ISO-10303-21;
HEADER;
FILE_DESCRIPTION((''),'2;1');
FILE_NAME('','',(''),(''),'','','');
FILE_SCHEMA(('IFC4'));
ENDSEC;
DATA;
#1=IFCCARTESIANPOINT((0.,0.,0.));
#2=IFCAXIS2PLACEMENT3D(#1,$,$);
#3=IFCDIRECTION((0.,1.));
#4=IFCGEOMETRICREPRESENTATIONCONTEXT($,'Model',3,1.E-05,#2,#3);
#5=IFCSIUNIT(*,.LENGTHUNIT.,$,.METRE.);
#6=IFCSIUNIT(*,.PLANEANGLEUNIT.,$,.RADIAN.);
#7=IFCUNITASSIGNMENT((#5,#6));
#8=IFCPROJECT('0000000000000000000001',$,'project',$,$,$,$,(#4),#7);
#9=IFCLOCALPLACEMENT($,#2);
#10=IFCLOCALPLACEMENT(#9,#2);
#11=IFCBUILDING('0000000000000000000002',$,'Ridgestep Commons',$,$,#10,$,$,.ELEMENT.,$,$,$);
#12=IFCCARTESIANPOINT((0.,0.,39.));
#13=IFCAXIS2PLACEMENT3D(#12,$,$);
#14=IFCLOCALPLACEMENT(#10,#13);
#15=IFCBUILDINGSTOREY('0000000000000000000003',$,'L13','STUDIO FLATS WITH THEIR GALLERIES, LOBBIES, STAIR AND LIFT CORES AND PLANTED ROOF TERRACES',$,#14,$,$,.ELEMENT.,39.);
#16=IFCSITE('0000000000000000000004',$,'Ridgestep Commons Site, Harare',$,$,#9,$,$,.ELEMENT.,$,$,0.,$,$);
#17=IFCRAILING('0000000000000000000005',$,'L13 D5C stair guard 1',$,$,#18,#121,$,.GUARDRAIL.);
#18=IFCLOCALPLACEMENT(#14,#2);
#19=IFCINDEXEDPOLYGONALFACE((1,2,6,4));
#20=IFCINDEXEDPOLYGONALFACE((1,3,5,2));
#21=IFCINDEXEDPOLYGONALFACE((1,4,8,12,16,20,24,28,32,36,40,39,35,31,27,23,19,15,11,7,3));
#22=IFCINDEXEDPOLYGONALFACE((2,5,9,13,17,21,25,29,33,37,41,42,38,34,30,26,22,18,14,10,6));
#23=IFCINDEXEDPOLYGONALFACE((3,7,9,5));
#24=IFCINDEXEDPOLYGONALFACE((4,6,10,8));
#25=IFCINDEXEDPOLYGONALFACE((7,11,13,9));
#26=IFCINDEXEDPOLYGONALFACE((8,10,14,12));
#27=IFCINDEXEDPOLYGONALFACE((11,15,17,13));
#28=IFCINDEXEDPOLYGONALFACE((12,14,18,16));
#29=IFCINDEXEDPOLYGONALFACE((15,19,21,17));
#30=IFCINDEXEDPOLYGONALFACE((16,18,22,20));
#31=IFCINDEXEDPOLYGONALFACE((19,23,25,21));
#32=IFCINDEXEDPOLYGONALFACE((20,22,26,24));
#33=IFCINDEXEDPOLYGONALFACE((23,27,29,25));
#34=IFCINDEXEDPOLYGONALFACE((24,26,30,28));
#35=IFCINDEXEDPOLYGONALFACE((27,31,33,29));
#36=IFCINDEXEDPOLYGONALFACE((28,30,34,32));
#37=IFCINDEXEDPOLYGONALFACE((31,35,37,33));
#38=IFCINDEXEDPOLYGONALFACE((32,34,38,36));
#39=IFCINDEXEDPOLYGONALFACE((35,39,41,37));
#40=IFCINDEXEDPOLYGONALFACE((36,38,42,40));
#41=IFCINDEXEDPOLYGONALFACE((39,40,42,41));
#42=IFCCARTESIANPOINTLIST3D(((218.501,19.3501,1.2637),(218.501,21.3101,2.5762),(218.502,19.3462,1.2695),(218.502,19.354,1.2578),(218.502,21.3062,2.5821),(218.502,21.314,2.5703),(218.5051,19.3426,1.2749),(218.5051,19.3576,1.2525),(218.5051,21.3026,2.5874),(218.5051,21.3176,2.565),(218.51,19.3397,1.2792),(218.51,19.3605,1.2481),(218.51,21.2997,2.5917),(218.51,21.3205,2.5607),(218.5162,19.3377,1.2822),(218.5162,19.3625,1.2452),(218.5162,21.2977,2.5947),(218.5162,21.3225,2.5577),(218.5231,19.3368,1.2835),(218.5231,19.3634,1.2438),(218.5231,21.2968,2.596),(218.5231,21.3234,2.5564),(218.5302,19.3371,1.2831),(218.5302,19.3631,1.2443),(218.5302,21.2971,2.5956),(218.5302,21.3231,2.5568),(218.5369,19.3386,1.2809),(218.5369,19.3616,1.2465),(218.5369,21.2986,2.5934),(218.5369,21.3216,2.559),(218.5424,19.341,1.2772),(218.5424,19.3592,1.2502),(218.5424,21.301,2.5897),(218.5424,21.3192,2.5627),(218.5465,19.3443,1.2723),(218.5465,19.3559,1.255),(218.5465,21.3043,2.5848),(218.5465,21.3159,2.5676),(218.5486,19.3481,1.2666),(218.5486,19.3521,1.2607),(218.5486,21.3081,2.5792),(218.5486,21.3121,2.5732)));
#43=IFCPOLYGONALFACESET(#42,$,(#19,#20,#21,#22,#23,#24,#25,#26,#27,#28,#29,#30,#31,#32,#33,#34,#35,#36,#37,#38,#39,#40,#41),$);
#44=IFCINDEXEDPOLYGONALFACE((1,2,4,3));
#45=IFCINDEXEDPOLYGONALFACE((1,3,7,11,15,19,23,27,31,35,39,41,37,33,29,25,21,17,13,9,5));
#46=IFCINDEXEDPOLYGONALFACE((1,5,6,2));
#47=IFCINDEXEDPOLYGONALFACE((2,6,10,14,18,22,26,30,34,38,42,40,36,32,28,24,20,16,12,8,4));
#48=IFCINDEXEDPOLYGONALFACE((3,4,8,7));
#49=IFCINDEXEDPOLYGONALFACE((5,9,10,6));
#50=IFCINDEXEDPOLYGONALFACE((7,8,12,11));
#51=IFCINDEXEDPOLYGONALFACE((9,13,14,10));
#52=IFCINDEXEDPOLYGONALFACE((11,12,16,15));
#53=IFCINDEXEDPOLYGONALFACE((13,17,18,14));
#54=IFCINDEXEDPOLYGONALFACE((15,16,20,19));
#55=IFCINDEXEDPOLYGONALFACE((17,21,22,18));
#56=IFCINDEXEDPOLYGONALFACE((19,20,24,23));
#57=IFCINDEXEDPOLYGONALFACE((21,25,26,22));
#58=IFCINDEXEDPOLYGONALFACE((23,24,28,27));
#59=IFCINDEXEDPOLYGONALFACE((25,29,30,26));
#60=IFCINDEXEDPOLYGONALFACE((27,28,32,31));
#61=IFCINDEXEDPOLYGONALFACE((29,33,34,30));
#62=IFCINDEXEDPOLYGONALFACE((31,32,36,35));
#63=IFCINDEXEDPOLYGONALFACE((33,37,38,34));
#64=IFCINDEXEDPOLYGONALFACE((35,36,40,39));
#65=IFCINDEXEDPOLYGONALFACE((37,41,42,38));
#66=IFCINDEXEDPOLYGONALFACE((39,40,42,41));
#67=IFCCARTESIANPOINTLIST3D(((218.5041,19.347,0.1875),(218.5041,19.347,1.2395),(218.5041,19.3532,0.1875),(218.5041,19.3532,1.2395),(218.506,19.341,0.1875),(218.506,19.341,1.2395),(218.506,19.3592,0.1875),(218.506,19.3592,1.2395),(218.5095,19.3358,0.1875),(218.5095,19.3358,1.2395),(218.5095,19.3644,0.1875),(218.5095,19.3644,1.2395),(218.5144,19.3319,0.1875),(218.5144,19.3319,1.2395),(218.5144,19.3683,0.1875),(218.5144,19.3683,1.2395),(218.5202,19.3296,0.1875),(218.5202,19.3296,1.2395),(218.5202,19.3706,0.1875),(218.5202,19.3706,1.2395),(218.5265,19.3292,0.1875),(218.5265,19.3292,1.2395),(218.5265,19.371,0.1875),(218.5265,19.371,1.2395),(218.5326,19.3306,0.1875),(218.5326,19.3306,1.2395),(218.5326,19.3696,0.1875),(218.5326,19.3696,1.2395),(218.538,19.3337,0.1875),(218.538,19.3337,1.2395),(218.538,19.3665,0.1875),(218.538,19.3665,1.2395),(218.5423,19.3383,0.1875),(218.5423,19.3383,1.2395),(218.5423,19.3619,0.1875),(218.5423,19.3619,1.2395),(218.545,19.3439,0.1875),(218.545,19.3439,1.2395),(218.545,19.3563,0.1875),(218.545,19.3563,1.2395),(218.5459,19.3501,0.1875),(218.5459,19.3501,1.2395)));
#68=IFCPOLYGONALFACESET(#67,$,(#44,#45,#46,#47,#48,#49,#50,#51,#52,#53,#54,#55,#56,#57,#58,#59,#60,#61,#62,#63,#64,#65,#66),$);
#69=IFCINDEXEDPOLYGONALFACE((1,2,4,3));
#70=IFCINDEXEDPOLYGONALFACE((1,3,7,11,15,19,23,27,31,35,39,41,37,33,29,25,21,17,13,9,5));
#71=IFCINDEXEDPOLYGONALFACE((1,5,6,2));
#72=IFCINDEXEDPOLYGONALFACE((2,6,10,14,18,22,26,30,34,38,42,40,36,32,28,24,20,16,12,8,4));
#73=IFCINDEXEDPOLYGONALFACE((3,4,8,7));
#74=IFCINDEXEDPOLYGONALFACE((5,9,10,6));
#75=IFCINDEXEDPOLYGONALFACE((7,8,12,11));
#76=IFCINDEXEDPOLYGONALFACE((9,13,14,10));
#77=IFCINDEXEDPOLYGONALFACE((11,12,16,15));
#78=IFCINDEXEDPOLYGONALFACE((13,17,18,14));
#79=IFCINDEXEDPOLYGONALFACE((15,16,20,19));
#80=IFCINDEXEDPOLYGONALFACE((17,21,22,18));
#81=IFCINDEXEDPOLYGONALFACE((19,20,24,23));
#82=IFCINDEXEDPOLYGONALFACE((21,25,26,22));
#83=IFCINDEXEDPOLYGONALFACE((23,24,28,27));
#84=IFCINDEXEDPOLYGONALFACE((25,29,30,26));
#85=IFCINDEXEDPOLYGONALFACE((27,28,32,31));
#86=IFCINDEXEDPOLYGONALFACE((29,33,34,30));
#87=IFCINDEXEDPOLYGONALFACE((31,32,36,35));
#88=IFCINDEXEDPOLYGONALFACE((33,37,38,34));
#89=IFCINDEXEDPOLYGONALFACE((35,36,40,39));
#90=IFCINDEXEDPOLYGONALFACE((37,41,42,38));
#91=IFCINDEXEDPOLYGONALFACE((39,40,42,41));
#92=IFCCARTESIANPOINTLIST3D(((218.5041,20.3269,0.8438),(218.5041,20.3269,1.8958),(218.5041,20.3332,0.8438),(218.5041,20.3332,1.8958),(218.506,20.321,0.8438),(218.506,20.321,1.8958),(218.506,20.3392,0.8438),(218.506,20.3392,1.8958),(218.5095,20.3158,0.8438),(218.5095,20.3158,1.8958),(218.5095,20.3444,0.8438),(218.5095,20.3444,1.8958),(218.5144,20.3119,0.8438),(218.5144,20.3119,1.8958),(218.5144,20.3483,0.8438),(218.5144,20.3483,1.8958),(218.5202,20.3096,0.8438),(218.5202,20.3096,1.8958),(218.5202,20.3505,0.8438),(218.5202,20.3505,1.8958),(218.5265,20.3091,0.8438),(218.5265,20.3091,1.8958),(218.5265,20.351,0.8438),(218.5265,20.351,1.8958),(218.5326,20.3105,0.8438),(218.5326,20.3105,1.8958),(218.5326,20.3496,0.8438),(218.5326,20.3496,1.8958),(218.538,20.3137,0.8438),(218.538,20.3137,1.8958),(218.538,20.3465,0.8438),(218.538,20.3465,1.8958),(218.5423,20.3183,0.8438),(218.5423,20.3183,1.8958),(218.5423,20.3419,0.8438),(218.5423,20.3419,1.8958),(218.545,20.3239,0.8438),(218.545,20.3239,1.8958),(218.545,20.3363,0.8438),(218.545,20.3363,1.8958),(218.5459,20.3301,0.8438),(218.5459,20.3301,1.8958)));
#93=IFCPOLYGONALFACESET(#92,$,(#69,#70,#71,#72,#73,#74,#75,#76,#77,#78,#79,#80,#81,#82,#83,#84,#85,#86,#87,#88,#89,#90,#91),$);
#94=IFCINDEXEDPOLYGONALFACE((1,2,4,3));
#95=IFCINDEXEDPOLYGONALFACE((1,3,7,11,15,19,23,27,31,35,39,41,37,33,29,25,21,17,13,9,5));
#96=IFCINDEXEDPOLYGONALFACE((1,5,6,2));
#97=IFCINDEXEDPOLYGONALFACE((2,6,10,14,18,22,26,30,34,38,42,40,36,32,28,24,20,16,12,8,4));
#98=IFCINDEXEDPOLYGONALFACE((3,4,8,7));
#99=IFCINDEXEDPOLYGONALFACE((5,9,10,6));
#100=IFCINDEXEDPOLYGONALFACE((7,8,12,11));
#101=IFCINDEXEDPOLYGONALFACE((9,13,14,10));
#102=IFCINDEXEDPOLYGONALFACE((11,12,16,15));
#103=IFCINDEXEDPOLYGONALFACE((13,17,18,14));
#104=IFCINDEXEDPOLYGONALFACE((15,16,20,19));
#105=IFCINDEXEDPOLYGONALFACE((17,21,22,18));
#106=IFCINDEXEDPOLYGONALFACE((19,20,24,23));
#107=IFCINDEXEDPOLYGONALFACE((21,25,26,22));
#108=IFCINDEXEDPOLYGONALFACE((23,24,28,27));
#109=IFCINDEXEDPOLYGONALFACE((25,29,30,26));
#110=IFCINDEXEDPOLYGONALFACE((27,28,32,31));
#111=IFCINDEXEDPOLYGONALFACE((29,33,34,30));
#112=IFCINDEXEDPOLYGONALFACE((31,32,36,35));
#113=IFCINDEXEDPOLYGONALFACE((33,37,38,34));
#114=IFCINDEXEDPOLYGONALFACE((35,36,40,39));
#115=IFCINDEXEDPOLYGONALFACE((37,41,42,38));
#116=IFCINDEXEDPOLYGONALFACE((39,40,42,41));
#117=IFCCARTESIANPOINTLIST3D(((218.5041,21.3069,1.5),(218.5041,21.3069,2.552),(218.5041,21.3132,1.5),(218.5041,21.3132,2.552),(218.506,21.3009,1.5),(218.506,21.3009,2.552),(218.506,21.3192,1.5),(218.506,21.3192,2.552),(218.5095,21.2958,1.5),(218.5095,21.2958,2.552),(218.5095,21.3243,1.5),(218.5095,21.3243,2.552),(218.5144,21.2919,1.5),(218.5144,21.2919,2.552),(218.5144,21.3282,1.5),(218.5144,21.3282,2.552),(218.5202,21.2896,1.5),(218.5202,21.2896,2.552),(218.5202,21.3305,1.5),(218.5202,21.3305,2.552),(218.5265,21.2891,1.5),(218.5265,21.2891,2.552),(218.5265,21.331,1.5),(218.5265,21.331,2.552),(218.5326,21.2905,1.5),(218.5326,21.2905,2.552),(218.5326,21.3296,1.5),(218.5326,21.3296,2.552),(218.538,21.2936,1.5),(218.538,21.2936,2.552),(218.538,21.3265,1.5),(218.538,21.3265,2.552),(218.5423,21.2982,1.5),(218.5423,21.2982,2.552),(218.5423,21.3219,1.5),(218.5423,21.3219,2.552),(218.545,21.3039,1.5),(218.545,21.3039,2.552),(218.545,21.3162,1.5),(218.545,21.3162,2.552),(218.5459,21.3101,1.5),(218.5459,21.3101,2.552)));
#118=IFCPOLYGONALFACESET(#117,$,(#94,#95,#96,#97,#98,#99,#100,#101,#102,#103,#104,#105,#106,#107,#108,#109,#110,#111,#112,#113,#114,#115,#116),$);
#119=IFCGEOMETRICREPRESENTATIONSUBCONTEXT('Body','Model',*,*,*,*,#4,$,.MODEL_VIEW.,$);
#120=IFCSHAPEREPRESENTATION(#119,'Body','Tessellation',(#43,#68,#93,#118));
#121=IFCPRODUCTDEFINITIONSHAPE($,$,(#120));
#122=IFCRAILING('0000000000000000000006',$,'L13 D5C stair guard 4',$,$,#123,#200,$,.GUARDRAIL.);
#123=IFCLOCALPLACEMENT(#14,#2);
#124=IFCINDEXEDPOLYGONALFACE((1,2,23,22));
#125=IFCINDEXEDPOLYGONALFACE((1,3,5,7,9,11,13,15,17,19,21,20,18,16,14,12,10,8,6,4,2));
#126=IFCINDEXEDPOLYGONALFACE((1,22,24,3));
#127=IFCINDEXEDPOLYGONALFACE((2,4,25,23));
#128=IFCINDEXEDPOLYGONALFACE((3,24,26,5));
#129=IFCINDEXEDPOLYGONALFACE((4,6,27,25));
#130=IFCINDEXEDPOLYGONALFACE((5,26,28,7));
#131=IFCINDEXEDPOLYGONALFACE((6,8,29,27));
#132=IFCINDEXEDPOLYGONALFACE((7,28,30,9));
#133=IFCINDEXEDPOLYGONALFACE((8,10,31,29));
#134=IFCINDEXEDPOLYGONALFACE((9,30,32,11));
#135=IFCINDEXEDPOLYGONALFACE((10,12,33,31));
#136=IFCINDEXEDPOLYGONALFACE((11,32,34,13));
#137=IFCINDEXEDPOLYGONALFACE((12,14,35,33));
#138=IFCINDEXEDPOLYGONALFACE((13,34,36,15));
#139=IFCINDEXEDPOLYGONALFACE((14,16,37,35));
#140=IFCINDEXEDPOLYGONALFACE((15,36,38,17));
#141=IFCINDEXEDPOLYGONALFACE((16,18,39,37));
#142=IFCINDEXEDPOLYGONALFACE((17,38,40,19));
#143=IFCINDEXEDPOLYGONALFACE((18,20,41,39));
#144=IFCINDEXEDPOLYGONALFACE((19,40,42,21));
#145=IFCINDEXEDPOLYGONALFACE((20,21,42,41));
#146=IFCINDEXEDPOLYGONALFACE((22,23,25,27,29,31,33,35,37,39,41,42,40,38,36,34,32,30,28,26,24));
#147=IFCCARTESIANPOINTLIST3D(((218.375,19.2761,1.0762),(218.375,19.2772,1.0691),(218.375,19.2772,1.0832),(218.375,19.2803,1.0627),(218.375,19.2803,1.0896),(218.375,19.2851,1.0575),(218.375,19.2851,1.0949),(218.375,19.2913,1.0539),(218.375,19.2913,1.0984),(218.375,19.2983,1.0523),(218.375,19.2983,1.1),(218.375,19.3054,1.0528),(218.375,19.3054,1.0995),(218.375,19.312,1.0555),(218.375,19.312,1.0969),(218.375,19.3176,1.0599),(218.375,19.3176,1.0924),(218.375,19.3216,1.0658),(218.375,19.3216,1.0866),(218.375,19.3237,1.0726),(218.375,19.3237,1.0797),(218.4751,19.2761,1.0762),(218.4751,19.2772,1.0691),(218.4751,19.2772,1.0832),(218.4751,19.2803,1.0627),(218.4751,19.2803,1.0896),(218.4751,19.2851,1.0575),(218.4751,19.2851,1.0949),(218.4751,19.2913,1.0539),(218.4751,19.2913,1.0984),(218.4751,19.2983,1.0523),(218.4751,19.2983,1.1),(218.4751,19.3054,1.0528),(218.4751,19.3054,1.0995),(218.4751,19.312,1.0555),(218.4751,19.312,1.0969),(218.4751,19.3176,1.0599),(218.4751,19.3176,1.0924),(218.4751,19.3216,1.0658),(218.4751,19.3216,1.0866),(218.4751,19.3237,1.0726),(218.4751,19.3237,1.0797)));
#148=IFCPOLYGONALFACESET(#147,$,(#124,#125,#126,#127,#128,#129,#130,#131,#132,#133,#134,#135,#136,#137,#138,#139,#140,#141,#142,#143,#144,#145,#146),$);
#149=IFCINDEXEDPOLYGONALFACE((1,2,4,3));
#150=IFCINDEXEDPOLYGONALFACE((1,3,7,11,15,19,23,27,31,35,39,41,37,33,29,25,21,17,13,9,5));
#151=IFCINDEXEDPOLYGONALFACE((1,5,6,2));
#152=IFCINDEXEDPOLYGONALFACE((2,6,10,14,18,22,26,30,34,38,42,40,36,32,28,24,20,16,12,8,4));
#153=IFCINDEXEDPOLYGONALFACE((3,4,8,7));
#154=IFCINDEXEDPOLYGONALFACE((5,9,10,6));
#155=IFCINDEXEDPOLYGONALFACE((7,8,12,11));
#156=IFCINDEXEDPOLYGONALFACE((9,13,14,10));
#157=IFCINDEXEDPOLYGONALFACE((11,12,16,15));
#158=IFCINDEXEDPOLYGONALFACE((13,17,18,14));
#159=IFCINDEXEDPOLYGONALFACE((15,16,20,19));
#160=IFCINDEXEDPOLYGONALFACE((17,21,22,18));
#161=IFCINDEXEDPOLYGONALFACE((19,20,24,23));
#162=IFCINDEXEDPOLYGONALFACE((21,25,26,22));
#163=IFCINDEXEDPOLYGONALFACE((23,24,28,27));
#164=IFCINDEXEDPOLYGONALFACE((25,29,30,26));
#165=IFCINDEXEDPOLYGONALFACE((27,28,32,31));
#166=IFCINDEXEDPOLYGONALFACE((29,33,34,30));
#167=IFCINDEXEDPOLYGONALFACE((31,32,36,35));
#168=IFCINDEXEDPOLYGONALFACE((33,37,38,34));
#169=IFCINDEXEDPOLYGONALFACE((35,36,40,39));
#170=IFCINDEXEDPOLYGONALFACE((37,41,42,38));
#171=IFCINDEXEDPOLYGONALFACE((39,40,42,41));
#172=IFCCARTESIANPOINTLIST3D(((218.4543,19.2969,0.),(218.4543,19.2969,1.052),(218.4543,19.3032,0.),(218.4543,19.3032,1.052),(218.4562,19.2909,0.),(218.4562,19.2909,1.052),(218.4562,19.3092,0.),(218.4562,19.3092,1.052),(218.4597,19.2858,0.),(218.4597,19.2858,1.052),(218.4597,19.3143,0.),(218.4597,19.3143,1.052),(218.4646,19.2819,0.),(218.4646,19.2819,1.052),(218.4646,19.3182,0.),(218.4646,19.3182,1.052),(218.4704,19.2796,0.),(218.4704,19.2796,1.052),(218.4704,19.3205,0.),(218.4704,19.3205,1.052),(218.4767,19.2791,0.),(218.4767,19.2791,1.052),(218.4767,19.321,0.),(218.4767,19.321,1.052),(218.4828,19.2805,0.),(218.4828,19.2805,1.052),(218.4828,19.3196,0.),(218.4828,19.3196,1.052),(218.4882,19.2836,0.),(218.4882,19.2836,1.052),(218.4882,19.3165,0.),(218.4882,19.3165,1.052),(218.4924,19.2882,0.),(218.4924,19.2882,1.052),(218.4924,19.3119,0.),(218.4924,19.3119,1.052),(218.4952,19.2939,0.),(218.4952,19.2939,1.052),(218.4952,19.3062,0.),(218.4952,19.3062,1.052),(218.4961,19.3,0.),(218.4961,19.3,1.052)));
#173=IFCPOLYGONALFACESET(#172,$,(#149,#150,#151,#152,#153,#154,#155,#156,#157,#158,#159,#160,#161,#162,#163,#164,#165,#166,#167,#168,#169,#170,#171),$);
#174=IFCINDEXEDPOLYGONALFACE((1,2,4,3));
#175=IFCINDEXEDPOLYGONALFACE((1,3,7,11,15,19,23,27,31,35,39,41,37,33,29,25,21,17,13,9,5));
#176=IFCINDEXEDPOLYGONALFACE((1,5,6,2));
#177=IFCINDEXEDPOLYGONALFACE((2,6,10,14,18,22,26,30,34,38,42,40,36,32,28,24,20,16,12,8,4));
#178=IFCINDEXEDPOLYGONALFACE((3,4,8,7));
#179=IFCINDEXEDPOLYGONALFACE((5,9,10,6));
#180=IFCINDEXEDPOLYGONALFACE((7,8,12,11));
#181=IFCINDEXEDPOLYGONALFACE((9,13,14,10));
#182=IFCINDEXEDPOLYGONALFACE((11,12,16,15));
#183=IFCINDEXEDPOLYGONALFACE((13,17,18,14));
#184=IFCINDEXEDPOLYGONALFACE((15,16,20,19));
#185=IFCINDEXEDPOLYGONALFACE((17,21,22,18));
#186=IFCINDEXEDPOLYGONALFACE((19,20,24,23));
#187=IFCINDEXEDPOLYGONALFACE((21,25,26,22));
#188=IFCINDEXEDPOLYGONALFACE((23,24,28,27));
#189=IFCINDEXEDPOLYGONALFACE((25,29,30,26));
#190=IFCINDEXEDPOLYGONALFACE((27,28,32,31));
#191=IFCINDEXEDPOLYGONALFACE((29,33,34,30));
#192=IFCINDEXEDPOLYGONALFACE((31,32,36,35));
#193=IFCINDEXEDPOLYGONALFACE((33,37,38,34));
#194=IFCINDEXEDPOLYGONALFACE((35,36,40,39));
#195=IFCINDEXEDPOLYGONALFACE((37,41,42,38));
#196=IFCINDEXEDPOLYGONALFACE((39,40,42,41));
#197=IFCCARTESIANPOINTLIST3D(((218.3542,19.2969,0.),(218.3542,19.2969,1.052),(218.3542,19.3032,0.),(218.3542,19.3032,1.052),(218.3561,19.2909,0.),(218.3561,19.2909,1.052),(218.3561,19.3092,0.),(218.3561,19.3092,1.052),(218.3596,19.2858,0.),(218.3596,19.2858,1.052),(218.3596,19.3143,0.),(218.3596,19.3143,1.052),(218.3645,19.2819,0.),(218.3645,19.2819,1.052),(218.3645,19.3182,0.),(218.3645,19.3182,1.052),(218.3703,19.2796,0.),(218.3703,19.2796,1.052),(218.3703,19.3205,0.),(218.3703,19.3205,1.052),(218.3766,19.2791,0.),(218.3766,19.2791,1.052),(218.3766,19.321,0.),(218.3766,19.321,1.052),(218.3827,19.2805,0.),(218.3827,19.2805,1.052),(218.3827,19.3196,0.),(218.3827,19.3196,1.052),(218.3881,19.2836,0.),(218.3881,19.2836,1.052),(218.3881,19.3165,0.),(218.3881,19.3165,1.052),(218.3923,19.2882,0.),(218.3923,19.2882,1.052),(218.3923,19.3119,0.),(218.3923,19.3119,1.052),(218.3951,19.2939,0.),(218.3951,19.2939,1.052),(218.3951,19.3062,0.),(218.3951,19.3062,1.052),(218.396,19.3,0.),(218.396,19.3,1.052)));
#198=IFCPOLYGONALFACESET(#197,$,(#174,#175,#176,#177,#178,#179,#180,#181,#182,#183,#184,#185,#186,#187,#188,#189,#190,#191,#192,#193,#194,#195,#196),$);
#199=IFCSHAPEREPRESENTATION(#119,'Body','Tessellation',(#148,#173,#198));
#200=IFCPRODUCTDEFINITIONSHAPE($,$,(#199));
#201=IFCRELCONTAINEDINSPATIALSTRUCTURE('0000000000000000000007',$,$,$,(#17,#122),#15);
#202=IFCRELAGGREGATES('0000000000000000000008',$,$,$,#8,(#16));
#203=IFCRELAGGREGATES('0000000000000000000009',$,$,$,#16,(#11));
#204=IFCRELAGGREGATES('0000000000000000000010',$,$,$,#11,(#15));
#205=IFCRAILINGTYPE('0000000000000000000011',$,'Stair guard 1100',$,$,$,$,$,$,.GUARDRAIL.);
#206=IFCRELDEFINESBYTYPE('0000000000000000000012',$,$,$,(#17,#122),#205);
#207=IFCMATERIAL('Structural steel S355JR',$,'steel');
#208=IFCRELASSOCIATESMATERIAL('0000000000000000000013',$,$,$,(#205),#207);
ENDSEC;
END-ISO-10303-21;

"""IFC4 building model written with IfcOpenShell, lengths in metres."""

from ifc_helpers import new_model, si_unit, direction, frame, origin, origin_2d, place, context, subcontext, project, spatial, circle, extrude, material, type_object, element, save


model = new_model("IFC4")

# Units and contexts
model_context = context("Model", 3, precision=1e-05, world=origin(), true_north=direction((0.0, 1.0)))
body_context = subcontext(model_context, "Body", "Model", "MODEL_VIEW")
ifc_project = project(units=[si_unit("LENGTHUNIT", "METRE"), si_unit("PLANEANGLEUNIT", "RADIAN")], contexts=[model_context])

# Site, building, storey
site_placement = place(None, origin())
site = spatial("IfcSite", under=ifc_project, at=site_placement, Name="Ridgestep Commons Site, Harare", CompositionType="ELEMENT", RefElevation=0.0)
building_placement = place(site_placement, origin())
building = spatial("IfcBuilding", under=site, at=building_placement, Name="Ridgestep Commons", CompositionType="ELEMENT")
storey_placement = place(building_placement, frame((0.0, 0.0, 39.0)))
storey = spatial("IfcBuildingStorey", under=building, at=storey_placement, Name="L13", Description="STUDIO FLATS WITH THEIR GALLERIES, LOBBIES, STAIR AND LIFT CORES AND PLANTED ROOF TERRACES", CompositionType="ELEMENT", Elevation=39.0)

# Railings
ifc_material_1 = material(Name="Structural steel S355JR", Category="steel")
railing_type_1 = type_object("IfcRailingType", Name="Stair guard 1100", PredefinedType="GUARDRAIL", material=ifc_material_1)
railing_1_placement = place(storey_placement, frame((218.5249, 19.3501, 0.1875)))
element("IfcRailing", 1, at=railing_1_placement, inside=storey, type_object=railing_type_1, Name="L13 D5C stair guard 1", PredefinedType="GUARDRAIL", context=body_context, shape_type="SweptSolid", body=[
    extrude(circle(Radius=0.0239, at=origin_2d()), frame((0.0, 0.0, 1.0762), z_axis=(0.0, 0.830902, 0.556419), x_axis=(-1.0, 0.0, 0.0)), (0.0, 0.0, 1.0), 2.3589),
    extrude(circle(Radius=0.021, at=origin_2d()), origin(), (0.0, 0.0, 1.0), 1.052),
    extrude(circle(Radius=0.021, at=origin_2d()), frame((0.0, 0.98, 0.6562)), (0.0, 0.0, 1.0), 1.052),
    extrude(circle(Radius=0.021, at=origin_2d()), frame((0.0, 1.96, 1.3125)), (0.0, 0.0, 1.0), 1.052),
])
railing_2_placement = place(storey_placement, frame((218.4751, 19.3, 0.0)))
element("IfcRailing", 2, at=railing_2_placement, inside=storey, type_object=railing_type_1, Name="L13 D5C stair guard 4", PredefinedType="GUARDRAIL", context=body_context, shape_type="SweptSolid", body=[
    extrude(circle(Radius=0.0239, at=origin_2d()), frame((0.0, 0.0, 1.0762), z_axis=(-1.0, 0.0, 0.0), x_axis=(0.0, -1.0, 0.0)), (0.0, 0.0, 1.0), 0.1001),
    extrude(circle(Radius=0.021, at=origin_2d()), origin(), (0.0, 0.0, 1.0), 1.052),
    extrude(circle(Radius=0.021, at=origin_2d()), frame((-0.1001, 0.0, 0.0)), (0.0, 0.0, 1.0), 1.052),
])

save(model, "model.ifc")
